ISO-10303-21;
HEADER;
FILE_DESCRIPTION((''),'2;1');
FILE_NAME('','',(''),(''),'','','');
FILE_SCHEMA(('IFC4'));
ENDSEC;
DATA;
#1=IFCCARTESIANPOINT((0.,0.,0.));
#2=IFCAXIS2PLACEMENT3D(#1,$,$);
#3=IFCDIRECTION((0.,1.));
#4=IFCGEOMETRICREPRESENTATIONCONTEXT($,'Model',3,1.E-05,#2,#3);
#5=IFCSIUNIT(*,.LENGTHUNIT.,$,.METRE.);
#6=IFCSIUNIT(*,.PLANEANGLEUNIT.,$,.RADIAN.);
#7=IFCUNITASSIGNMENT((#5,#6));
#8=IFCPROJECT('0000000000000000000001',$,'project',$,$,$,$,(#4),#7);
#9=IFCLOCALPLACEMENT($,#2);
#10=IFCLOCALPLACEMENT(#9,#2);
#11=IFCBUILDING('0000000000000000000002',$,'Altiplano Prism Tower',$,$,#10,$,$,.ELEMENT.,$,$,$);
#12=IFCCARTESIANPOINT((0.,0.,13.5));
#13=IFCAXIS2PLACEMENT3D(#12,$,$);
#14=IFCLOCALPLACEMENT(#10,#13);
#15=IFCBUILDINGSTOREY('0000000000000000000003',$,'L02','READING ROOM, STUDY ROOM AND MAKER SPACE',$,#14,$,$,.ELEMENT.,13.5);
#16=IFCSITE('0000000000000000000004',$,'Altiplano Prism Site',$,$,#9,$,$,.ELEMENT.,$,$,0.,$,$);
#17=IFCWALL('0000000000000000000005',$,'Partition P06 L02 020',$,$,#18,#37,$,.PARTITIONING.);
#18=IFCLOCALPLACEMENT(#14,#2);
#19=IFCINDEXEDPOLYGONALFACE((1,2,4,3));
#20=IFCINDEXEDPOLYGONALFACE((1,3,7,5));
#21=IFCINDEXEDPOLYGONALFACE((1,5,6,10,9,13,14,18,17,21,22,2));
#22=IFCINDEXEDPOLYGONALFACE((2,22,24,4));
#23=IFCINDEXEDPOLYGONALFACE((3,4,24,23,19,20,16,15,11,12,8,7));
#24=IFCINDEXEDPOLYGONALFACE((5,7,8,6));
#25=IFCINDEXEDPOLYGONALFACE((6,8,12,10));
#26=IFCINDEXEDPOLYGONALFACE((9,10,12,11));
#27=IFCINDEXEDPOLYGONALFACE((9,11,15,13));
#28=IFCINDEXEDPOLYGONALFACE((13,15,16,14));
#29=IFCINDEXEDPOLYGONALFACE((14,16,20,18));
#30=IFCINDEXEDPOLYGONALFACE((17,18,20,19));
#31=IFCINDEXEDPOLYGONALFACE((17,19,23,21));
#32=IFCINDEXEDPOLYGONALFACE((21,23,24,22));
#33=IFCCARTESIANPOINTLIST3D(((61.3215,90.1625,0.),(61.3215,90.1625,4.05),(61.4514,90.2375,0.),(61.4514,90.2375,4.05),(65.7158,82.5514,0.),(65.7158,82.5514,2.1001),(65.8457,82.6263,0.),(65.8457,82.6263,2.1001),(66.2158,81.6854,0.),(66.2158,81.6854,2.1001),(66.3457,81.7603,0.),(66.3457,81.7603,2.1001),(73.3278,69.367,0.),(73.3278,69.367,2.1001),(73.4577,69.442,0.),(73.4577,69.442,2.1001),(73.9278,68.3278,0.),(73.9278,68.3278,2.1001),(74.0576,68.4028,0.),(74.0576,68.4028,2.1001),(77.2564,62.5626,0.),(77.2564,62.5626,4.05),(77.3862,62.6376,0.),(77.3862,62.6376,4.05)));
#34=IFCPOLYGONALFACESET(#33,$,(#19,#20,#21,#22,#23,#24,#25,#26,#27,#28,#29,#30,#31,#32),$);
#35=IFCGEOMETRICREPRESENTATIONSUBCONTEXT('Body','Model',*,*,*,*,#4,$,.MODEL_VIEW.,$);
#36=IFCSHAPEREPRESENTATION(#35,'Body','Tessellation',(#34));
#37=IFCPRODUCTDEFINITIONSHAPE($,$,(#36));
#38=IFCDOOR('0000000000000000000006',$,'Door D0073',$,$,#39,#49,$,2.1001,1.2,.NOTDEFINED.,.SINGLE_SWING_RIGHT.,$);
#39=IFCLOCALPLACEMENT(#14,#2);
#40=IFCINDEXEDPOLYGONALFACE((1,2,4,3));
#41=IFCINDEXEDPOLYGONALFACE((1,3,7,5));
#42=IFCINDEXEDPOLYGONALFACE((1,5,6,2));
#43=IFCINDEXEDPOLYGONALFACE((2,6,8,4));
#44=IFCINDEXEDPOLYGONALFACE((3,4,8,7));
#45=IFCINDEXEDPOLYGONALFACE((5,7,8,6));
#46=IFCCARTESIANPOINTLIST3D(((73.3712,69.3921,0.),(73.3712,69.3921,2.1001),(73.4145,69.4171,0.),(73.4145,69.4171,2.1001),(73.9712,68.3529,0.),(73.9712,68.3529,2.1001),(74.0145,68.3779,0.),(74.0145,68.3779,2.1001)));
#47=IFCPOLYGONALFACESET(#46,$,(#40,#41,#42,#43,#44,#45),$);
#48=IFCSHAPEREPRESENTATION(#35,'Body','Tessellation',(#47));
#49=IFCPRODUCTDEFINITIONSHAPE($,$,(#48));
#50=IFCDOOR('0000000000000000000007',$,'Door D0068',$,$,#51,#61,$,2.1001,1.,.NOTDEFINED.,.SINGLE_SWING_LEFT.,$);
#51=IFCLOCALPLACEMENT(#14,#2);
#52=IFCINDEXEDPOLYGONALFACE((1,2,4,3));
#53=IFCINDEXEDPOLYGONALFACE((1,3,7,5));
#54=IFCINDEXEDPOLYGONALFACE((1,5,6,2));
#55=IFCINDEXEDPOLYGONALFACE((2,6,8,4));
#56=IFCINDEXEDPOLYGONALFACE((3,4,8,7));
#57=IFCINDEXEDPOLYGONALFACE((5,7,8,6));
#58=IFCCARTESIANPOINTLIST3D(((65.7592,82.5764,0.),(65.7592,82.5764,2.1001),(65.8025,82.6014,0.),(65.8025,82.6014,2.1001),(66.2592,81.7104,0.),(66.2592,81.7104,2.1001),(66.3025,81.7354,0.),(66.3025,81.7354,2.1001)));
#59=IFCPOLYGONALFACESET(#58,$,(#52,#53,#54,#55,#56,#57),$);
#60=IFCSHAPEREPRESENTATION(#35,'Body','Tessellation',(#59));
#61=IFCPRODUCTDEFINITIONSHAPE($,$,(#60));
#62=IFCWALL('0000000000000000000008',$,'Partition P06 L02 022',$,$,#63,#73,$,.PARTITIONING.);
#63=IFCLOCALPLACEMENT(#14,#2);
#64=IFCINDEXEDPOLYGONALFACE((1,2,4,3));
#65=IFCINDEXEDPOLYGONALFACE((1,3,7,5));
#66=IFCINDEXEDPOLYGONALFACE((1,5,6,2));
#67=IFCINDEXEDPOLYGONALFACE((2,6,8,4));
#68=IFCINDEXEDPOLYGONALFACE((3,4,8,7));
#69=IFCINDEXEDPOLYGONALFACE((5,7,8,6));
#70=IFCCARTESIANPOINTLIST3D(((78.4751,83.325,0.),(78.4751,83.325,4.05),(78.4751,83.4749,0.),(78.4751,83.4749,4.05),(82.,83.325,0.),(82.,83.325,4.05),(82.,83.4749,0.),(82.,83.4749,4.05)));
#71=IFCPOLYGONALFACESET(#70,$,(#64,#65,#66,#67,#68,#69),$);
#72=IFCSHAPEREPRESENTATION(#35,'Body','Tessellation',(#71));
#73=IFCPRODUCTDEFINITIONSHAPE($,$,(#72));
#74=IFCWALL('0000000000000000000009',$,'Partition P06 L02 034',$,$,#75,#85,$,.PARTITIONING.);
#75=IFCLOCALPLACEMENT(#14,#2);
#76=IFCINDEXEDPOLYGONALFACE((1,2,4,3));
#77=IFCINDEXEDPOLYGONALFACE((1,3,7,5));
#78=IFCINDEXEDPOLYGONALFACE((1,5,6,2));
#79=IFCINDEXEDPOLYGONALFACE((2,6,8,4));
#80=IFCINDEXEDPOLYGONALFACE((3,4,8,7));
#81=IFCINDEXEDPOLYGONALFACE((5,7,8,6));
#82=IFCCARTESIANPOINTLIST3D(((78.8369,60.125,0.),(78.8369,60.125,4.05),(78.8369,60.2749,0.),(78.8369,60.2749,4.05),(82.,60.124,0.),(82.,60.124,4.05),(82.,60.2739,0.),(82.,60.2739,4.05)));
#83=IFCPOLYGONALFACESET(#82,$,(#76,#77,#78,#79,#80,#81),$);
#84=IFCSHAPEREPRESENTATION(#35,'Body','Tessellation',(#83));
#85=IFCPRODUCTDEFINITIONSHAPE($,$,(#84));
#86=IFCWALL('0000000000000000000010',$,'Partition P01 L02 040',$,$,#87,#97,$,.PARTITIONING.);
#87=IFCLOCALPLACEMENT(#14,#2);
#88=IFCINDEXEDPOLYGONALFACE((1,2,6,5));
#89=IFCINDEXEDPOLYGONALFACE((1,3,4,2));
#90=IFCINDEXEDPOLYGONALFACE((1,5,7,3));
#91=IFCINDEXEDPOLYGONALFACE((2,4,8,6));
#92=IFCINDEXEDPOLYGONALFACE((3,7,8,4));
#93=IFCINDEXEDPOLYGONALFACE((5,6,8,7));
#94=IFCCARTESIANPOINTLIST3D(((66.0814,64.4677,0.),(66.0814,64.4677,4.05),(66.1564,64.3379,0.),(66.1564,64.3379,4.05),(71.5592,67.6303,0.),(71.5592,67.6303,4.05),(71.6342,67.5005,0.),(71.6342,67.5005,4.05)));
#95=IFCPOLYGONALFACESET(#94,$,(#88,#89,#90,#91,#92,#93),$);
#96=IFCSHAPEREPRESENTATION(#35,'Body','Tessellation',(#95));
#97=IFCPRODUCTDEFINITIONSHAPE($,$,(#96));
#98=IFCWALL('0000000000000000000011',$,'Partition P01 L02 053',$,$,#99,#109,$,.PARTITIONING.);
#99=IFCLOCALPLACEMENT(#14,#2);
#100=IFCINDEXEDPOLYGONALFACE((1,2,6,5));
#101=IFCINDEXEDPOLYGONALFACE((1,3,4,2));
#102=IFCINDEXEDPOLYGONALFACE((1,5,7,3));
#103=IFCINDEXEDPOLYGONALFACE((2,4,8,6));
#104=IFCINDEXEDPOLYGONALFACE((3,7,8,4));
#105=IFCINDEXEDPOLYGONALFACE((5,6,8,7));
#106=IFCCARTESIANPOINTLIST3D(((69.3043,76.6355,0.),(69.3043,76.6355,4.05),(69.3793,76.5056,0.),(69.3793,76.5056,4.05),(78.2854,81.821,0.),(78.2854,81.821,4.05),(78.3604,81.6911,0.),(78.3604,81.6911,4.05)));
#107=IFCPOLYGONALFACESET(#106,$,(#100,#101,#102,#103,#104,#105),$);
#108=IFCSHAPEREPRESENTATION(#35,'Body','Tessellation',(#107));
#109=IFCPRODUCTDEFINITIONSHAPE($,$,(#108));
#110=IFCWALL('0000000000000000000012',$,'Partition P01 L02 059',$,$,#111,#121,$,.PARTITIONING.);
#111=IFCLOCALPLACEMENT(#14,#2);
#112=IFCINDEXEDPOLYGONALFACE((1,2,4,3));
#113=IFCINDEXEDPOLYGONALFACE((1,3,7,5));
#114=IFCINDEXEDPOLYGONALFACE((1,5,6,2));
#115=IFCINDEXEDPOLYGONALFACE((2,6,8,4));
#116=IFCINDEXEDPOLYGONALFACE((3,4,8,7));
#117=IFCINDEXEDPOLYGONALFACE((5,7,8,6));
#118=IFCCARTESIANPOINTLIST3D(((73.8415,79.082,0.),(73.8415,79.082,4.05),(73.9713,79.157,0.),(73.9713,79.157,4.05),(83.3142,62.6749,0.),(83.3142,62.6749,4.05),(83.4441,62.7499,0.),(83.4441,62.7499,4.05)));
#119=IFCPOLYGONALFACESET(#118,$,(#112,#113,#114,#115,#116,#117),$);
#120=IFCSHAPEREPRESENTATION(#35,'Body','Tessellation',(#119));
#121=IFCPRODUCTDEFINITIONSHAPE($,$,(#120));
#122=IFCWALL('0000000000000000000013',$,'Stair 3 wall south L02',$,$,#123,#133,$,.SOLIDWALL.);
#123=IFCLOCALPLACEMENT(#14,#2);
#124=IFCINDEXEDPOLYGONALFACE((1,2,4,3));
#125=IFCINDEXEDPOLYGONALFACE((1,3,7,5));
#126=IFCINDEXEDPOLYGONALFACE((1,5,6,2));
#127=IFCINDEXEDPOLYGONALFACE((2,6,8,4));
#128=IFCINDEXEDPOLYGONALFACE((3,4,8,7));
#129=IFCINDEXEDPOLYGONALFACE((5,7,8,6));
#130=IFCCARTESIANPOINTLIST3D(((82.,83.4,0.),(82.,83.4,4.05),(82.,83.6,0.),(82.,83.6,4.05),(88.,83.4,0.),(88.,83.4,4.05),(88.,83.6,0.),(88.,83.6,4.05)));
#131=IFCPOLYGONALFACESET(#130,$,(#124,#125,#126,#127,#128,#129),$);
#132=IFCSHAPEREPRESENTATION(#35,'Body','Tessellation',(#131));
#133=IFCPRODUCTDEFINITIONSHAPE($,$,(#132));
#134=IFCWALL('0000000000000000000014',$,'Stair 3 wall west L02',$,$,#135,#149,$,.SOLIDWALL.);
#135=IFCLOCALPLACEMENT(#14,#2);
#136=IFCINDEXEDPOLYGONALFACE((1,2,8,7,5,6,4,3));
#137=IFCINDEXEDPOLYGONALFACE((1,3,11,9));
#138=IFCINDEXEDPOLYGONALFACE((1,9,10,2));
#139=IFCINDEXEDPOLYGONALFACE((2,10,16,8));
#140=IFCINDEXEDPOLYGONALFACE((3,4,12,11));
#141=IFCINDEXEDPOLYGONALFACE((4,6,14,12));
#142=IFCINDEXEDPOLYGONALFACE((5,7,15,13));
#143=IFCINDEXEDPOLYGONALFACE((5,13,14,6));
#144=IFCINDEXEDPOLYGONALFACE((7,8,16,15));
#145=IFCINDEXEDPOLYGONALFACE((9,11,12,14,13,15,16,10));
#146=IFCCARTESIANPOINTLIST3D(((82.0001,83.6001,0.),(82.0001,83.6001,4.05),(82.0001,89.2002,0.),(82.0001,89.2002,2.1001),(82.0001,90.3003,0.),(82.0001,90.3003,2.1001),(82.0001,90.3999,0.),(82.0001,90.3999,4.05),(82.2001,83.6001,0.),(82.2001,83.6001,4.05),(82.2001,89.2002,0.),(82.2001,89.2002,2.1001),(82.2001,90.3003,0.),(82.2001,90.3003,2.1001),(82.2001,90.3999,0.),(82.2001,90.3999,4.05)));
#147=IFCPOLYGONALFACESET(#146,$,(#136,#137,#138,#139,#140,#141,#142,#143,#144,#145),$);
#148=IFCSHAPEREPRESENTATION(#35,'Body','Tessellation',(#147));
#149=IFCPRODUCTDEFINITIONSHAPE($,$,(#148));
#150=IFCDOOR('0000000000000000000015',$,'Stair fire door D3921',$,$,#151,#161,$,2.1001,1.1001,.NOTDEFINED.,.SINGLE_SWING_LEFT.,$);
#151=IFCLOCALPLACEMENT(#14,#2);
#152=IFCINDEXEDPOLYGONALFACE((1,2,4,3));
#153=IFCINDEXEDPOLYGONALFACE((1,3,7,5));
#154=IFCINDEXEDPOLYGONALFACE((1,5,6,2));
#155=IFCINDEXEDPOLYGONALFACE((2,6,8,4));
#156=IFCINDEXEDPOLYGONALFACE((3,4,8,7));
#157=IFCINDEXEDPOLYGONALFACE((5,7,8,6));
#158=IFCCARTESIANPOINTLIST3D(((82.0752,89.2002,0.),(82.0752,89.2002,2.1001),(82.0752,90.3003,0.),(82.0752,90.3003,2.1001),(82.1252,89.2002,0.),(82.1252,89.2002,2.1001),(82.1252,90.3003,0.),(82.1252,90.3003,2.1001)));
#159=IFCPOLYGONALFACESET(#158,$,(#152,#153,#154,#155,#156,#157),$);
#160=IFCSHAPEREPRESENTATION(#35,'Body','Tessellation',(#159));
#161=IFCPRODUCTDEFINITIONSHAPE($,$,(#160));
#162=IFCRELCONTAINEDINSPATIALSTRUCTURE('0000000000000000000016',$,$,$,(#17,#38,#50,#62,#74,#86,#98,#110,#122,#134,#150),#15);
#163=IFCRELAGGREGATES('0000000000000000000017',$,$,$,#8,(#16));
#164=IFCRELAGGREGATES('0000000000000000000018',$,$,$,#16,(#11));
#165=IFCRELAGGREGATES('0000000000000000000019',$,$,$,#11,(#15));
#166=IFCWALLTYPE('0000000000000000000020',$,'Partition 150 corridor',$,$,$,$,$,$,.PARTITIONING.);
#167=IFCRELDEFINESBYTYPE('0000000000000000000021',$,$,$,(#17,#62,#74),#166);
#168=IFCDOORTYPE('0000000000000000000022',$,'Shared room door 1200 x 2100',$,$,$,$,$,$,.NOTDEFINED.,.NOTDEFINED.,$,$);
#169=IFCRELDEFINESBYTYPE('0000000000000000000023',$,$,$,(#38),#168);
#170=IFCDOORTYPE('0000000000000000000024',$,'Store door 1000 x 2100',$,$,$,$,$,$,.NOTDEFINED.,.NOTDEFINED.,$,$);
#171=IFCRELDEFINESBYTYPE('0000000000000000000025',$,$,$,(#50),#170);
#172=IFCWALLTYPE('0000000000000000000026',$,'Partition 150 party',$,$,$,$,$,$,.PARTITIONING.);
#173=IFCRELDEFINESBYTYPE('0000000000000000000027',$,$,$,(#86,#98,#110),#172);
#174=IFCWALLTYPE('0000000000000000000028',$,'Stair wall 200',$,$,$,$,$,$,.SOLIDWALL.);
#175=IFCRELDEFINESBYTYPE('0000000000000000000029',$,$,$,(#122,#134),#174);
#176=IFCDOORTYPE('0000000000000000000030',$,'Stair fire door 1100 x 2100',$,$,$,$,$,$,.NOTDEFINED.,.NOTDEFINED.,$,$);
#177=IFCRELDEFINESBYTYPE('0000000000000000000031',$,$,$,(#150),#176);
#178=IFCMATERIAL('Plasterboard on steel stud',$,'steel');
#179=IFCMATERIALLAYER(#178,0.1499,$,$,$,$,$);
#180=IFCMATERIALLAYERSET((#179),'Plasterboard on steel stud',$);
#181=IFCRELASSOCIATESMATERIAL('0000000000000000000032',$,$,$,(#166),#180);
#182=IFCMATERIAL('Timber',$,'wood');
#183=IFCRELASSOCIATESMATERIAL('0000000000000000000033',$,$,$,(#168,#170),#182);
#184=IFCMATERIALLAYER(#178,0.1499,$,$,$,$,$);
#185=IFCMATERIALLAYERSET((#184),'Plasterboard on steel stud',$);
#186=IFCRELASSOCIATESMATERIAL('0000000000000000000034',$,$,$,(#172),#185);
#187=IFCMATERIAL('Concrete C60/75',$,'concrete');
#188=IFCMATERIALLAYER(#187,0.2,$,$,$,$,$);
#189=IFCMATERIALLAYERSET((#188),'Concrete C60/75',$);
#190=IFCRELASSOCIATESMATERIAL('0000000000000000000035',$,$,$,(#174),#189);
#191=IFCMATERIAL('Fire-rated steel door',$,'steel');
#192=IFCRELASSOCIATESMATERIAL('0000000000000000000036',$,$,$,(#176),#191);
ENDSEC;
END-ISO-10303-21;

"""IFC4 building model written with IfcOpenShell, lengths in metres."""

from ifc_helpers import new_model, si_unit, direction, frame, frame_2d, origin, place, context, subcontext, project, spatial, rectangle, extrude, material, layer, layer_set, type_object, element, fill, save


model = new_model("IFC4")

# Units and contexts
model_context = context("Model", 3, precision=1e-05, world=origin(), true_north=direction((0.0, 1.0)))
body_context = subcontext(model_context, "Body", "Model", "MODEL_VIEW")
ifc_project = project(units=[si_unit("LENGTHUNIT", "METRE"), si_unit("PLANEANGLEUNIT", "RADIAN")], contexts=[model_context])

# Site, building, storey
site_placement = place(None, origin())
site = spatial("IfcSite", under=ifc_project, at=site_placement, Name="Altiplano Prism Site", CompositionType="ELEMENT", RefElevation=0.0)
building_placement = place(site_placement, origin())
building = spatial("IfcBuilding", under=site, at=building_placement, Name="Altiplano Prism Tower", CompositionType="ELEMENT")
storey_placement = place(building_placement, frame((0.0, 0.0, 13.5)))
storey = spatial("IfcBuildingStorey", under=building, at=storey_placement, Name="L02", Description="READING ROOM, STUDY ROOM AND MAKER SPACE", CompositionType="ELEMENT", Elevation=13.5)

# Shared definitions
ifc_material_1 = material(Name="Concrete C60/75", Category="concrete")

# Shared definitions
ifc_material_2 = material(Name="Plasterboard on steel stud", Category="steel")

# Wall, openings, doors
ifc_layer_1 = layer(ifc_material_2, 0.1499)
ifc_layer_set_1 = layer_set([ifc_layer_1], Name="Plasterboard on steel stud")
wall_type_1 = type_object("IfcWallType", Name="Partition 150 corridor", PredefinedType="PARTITIONING", material=ifc_layer_set_1)
wall_1_placement = place(storey_placement, frame((77.3213, 62.6001, 0.0), z_axis=(0.0, 0.0, 1.0), x_axis=(-0.500001, 0.866025, 0.0)))
wall_1 = element("IfcWall", 1, at=wall_1_placement, inside=storey, type_object=wall_type_1, Name="Partition P06 L02 020", PredefinedType="PARTITIONING", context=body_context, shape_type="SweptSolid", body=[
    extrude(rectangle(XDim=31.8696, YDim=0.1499, at=frame_2d((15.9348, 0.0))), origin(), (0.0, 0.0, 1.0), 4.05),
])
opening_1_placement = place(wall_1_placement, frame((22.0811, 0.0, 0.0)))
opening_1 = element("IfcOpeningElement", 2, at=opening_1_placement, cuts=wall_1, PredefinedType="OPENING", context=body_context, shape_type="SweptSolid", body=[
    extrude(rectangle(XDim=1.0, YDim=2.1001, at=frame_2d((0.5, 1.05))), frame((0.0, 0.0854, 0.0), z_axis=(0.0, -1.0, 0.0), x_axis=(1.0, 0.0, 0.0)), (0.0, 0.0, 1.0), 0.1709),
])
opening_2_placement = place(wall_1_placement, frame((6.657, 0.0, 0.0)))
opening_2 = element("IfcOpeningElement", 3, at=opening_2_placement, cuts=wall_1, PredefinedType="OPENING", context=body_context, shape_type="SweptSolid", body=[
    extrude(rectangle(XDim=1.2, YDim=2.1001, at=frame_2d((0.6001, 1.05))), frame((0.0, 0.0854, 0.0), z_axis=(0.0, -1.0, 0.0), x_axis=(1.0, 0.0, 0.0)), (0.0, 0.0, 1.0), 0.1709),
])
ifc_material_3 = material(Name="Timber", Category="wood")
door_type_1 = type_object("IfcDoorType", Name="Shared room door 1200 x 2100", OperationType="NOTDEFINED", PredefinedType="NOTDEFINED", material=ifc_material_3)
door_1_placement = place(opening_2_placement, origin())
door_1 = element("IfcDoor", 4, at=door_1_placement, inside=storey, type_object=door_type_1, Name="Door D0073", OperationType="SINGLE_SWING_RIGHT", OverallHeight=2.1001, OverallWidth=1.2, PredefinedType="NOTDEFINED", context=body_context, shape_type="SweptSolid", body=[
    extrude(rectangle(XDim=1.2, YDim=2.1001, at=frame_2d((0.6001, 1.05))), frame((0.0, 0.0249, 0.0), z_axis=(0.0, -1.0, 0.0), x_axis=(1.0, 0.0, 0.0)), (0.0, 0.0, 1.0), 0.05),
])
fill(opening_2, door_1)
door_type_2 = type_object("IfcDoorType", Name="Store door 1000 x 2100", OperationType="NOTDEFINED", PredefinedType="NOTDEFINED", material=ifc_material_3)
door_2_placement = place(opening_1_placement, origin())
door_2 = element("IfcDoor", 5, at=door_2_placement, inside=storey, type_object=door_type_2, Name="Door D0068", OperationType="SINGLE_SWING_LEFT", OverallHeight=2.1001, OverallWidth=1.0, PredefinedType="NOTDEFINED", context=body_context, shape_type="SweptSolid", body=[
    extrude(rectangle(XDim=1.0, YDim=2.1001, at=frame_2d((0.5, 1.05))), frame((0.0, 0.0249, 0.0), z_axis=(0.0, -1.0, 0.0), x_axis=(1.0, 0.0, 0.0)), (0.0, 0.0, 1.0), 0.05),
])
fill(opening_1, door_2)

# Walls
wall_2_placement = place(storey_placement, frame((78.4751, 83.3999, 0.0), z_axis=(0.0, 0.0, 1.0), x_axis=(1.0, 0.0, 0.0)))
element("IfcWall", 6, at=wall_2_placement, inside=storey, type_object=wall_type_1, Name="Partition P06 L02 022", PredefinedType="PARTITIONING", context=body_context, shape_type="SweptSolid", body=[
    extrude(rectangle(XDim=3.5249, YDim=0.1499, at=frame_2d((1.7625, 0.0))), origin(), (0.0, 0.0, 1.0), 4.05),
])
wall_3_placement = place(storey_placement, frame((78.8369, 60.2, 0.0), z_axis=(0.0, 0.0, 1.0), x_axis=(1.0, -0.000309, 0.0)))
element("IfcWall", 7, at=wall_3_placement, inside=storey, type_object=wall_type_1, Name="Partition P06 L02 034", PredefinedType="PARTITIONING", context=body_context, shape_type="SweptSolid", body=[
    extrude(rectangle(XDim=3.1631, YDim=0.1499, at=frame_2d((1.5815, 0.0))), origin(), (0.0, 0.0, 1.0), 4.05),
])
ifc_layer_2 = layer(ifc_material_2, 0.1499)
ifc_layer_set_2 = layer_set([ifc_layer_2], Name="Plasterboard on steel stud")
wall_type_2 = type_object("IfcWallType", Name="Partition 150 party", PredefinedType="PARTITIONING", material=ifc_layer_set_2)
wall_4_placement = place(storey_placement, frame((66.1189, 64.4028, 0.0), z_axis=(0.0, 0.0, 1.0), x_axis=(0.866026, 0.5, 0.0)))
element("IfcWall", 8, at=wall_4_placement, inside=storey, type_object=wall_type_2, Name="Partition P01 L02 040", PredefinedType="PARTITIONING", context=body_context, shape_type="SweptSolid", body=[
    extrude(rectangle(XDim=6.3252, YDim=0.1499, at=frame_2d((3.1626, 0.0))), origin(), (0.0, 0.0, 1.0), 4.05),
])
wall_5_placement = place(storey_placement, frame((69.3418, 76.5706, 0.0), z_axis=(0.0, 0.0, 1.0), x_axis=(0.866015, 0.500018, 0.0)))
element("IfcWall", 9, at=wall_5_placement, inside=storey, type_object=wall_type_2, Name="Partition P01 L02 053", PredefinedType="PARTITIONING", context=body_context, shape_type="SweptSolid", body=[
    extrude(rectangle(XDim=10.3706, YDim=0.1499, at=frame_2d((5.1853, 0.0))), origin(), (0.0, 0.0, 1.0), 4.05),
])
wall_6_placement = place(storey_placement, frame((83.3792, 62.7124, 0.0), z_axis=(0.0, 0.0, 1.0), x_axis=(-0.500003, 0.866024, 0.0)))
element("IfcWall", 10, at=wall_6_placement, inside=storey, type_object=wall_type_2, Name="Partition P01 L02 059", PredefinedType="PARTITIONING", context=body_context, shape_type="SweptSolid", body=[
    extrude(rectangle(XDim=18.9453, YDim=0.1499, at=frame_2d((9.4727, 0.0))), origin(), (0.0, 0.0, 1.0), 4.05),
])
ifc_layer_3 = layer(ifc_material_1, 0.2)
ifc_layer_set_3 = layer_set([ifc_layer_3], Name="Concrete C60/75")
wall_type_3 = type_object("IfcWallType", Name="Stair wall 200", PredefinedType="SOLIDWALL", material=ifc_layer_set_3)
wall_7_placement = place(storey_placement, frame((82.0, 83.5, 0.0), z_axis=(0.0, 0.0, 1.0), x_axis=(1.0, 0.0, 0.0)))
element("IfcWall", 11, at=wall_7_placement, inside=storey, type_object=wall_type_3, Name="Stair 3 wall south L02", PredefinedType="SOLIDWALL", context=body_context, shape_type="SweptSolid", body=[
    extrude(rectangle(XDim=6.0, YDim=0.2, at=frame_2d((3.0, 0.0))), origin(), (0.0, 0.0, 1.0), 4.05),
])

# Wall, opening, door
wall_8_placement = place(storey_placement, frame((82.1001, 83.6001, 0.0), z_axis=(0.0, 0.0, 1.0), x_axis=(0.0, 1.0, 0.0)))
wall_8 = element("IfcWall", 12, at=wall_8_placement, inside=storey, type_object=wall_type_3, Name="Stair 3 wall west L02", PredefinedType="SOLIDWALL", context=body_context, shape_type="SweptSolid", body=[
    extrude(rectangle(XDim=6.7998, YDim=0.2, at=frame_2d((3.3999, 0.0))), origin(), (0.0, 0.0, 1.0), 4.05),
])
opening_3_placement = place(wall_8_placement, frame((5.6001, 0.0, 0.0)))
opening_3 = element("IfcOpeningElement", 13, at=opening_3_placement, cuts=wall_8, PredefinedType="OPENING", context=body_context, shape_type="SweptSolid", body=[
    extrude(rectangle(XDim=1.1001, YDim=2.1001, at=frame_2d((0.55, 1.05))), frame((0.0, 0.1104, 0.0), z_axis=(0.0, -1.0, 0.0), x_axis=(1.0, 0.0, 0.0)), (0.0, 0.0, 1.0), 0.2209),
])
ifc_material_4 = material(Name="Fire-rated steel door", Category="steel")
door_type_3 = type_object("IfcDoorType", Name="Stair fire door 1100 x 2100", OperationType="NOTDEFINED", PredefinedType="NOTDEFINED", material=ifc_material_4)
door_3_placement = place(opening_3_placement, origin())
door_3 = element("IfcDoor", 14, at=door_3_placement, inside=storey, type_object=door_type_3, Name="Stair fire door D3921", OperationType="SINGLE_SWING_LEFT", OverallHeight=2.1001, OverallWidth=1.1001, PredefinedType="NOTDEFINED", context=body_context, shape_type="SweptSolid", body=[
    extrude(rectangle(XDim=1.1001, YDim=2.1001, at=frame_2d((0.55, 1.05))), frame((0.0, 0.0249, 0.0), z_axis=(0.0, -1.0, 0.0), x_axis=(1.0, 0.0, 0.0)), (0.0, 0.0, 1.0), 0.05),
])
fill(opening_3, door_3)

save(model, "model.ifc")
